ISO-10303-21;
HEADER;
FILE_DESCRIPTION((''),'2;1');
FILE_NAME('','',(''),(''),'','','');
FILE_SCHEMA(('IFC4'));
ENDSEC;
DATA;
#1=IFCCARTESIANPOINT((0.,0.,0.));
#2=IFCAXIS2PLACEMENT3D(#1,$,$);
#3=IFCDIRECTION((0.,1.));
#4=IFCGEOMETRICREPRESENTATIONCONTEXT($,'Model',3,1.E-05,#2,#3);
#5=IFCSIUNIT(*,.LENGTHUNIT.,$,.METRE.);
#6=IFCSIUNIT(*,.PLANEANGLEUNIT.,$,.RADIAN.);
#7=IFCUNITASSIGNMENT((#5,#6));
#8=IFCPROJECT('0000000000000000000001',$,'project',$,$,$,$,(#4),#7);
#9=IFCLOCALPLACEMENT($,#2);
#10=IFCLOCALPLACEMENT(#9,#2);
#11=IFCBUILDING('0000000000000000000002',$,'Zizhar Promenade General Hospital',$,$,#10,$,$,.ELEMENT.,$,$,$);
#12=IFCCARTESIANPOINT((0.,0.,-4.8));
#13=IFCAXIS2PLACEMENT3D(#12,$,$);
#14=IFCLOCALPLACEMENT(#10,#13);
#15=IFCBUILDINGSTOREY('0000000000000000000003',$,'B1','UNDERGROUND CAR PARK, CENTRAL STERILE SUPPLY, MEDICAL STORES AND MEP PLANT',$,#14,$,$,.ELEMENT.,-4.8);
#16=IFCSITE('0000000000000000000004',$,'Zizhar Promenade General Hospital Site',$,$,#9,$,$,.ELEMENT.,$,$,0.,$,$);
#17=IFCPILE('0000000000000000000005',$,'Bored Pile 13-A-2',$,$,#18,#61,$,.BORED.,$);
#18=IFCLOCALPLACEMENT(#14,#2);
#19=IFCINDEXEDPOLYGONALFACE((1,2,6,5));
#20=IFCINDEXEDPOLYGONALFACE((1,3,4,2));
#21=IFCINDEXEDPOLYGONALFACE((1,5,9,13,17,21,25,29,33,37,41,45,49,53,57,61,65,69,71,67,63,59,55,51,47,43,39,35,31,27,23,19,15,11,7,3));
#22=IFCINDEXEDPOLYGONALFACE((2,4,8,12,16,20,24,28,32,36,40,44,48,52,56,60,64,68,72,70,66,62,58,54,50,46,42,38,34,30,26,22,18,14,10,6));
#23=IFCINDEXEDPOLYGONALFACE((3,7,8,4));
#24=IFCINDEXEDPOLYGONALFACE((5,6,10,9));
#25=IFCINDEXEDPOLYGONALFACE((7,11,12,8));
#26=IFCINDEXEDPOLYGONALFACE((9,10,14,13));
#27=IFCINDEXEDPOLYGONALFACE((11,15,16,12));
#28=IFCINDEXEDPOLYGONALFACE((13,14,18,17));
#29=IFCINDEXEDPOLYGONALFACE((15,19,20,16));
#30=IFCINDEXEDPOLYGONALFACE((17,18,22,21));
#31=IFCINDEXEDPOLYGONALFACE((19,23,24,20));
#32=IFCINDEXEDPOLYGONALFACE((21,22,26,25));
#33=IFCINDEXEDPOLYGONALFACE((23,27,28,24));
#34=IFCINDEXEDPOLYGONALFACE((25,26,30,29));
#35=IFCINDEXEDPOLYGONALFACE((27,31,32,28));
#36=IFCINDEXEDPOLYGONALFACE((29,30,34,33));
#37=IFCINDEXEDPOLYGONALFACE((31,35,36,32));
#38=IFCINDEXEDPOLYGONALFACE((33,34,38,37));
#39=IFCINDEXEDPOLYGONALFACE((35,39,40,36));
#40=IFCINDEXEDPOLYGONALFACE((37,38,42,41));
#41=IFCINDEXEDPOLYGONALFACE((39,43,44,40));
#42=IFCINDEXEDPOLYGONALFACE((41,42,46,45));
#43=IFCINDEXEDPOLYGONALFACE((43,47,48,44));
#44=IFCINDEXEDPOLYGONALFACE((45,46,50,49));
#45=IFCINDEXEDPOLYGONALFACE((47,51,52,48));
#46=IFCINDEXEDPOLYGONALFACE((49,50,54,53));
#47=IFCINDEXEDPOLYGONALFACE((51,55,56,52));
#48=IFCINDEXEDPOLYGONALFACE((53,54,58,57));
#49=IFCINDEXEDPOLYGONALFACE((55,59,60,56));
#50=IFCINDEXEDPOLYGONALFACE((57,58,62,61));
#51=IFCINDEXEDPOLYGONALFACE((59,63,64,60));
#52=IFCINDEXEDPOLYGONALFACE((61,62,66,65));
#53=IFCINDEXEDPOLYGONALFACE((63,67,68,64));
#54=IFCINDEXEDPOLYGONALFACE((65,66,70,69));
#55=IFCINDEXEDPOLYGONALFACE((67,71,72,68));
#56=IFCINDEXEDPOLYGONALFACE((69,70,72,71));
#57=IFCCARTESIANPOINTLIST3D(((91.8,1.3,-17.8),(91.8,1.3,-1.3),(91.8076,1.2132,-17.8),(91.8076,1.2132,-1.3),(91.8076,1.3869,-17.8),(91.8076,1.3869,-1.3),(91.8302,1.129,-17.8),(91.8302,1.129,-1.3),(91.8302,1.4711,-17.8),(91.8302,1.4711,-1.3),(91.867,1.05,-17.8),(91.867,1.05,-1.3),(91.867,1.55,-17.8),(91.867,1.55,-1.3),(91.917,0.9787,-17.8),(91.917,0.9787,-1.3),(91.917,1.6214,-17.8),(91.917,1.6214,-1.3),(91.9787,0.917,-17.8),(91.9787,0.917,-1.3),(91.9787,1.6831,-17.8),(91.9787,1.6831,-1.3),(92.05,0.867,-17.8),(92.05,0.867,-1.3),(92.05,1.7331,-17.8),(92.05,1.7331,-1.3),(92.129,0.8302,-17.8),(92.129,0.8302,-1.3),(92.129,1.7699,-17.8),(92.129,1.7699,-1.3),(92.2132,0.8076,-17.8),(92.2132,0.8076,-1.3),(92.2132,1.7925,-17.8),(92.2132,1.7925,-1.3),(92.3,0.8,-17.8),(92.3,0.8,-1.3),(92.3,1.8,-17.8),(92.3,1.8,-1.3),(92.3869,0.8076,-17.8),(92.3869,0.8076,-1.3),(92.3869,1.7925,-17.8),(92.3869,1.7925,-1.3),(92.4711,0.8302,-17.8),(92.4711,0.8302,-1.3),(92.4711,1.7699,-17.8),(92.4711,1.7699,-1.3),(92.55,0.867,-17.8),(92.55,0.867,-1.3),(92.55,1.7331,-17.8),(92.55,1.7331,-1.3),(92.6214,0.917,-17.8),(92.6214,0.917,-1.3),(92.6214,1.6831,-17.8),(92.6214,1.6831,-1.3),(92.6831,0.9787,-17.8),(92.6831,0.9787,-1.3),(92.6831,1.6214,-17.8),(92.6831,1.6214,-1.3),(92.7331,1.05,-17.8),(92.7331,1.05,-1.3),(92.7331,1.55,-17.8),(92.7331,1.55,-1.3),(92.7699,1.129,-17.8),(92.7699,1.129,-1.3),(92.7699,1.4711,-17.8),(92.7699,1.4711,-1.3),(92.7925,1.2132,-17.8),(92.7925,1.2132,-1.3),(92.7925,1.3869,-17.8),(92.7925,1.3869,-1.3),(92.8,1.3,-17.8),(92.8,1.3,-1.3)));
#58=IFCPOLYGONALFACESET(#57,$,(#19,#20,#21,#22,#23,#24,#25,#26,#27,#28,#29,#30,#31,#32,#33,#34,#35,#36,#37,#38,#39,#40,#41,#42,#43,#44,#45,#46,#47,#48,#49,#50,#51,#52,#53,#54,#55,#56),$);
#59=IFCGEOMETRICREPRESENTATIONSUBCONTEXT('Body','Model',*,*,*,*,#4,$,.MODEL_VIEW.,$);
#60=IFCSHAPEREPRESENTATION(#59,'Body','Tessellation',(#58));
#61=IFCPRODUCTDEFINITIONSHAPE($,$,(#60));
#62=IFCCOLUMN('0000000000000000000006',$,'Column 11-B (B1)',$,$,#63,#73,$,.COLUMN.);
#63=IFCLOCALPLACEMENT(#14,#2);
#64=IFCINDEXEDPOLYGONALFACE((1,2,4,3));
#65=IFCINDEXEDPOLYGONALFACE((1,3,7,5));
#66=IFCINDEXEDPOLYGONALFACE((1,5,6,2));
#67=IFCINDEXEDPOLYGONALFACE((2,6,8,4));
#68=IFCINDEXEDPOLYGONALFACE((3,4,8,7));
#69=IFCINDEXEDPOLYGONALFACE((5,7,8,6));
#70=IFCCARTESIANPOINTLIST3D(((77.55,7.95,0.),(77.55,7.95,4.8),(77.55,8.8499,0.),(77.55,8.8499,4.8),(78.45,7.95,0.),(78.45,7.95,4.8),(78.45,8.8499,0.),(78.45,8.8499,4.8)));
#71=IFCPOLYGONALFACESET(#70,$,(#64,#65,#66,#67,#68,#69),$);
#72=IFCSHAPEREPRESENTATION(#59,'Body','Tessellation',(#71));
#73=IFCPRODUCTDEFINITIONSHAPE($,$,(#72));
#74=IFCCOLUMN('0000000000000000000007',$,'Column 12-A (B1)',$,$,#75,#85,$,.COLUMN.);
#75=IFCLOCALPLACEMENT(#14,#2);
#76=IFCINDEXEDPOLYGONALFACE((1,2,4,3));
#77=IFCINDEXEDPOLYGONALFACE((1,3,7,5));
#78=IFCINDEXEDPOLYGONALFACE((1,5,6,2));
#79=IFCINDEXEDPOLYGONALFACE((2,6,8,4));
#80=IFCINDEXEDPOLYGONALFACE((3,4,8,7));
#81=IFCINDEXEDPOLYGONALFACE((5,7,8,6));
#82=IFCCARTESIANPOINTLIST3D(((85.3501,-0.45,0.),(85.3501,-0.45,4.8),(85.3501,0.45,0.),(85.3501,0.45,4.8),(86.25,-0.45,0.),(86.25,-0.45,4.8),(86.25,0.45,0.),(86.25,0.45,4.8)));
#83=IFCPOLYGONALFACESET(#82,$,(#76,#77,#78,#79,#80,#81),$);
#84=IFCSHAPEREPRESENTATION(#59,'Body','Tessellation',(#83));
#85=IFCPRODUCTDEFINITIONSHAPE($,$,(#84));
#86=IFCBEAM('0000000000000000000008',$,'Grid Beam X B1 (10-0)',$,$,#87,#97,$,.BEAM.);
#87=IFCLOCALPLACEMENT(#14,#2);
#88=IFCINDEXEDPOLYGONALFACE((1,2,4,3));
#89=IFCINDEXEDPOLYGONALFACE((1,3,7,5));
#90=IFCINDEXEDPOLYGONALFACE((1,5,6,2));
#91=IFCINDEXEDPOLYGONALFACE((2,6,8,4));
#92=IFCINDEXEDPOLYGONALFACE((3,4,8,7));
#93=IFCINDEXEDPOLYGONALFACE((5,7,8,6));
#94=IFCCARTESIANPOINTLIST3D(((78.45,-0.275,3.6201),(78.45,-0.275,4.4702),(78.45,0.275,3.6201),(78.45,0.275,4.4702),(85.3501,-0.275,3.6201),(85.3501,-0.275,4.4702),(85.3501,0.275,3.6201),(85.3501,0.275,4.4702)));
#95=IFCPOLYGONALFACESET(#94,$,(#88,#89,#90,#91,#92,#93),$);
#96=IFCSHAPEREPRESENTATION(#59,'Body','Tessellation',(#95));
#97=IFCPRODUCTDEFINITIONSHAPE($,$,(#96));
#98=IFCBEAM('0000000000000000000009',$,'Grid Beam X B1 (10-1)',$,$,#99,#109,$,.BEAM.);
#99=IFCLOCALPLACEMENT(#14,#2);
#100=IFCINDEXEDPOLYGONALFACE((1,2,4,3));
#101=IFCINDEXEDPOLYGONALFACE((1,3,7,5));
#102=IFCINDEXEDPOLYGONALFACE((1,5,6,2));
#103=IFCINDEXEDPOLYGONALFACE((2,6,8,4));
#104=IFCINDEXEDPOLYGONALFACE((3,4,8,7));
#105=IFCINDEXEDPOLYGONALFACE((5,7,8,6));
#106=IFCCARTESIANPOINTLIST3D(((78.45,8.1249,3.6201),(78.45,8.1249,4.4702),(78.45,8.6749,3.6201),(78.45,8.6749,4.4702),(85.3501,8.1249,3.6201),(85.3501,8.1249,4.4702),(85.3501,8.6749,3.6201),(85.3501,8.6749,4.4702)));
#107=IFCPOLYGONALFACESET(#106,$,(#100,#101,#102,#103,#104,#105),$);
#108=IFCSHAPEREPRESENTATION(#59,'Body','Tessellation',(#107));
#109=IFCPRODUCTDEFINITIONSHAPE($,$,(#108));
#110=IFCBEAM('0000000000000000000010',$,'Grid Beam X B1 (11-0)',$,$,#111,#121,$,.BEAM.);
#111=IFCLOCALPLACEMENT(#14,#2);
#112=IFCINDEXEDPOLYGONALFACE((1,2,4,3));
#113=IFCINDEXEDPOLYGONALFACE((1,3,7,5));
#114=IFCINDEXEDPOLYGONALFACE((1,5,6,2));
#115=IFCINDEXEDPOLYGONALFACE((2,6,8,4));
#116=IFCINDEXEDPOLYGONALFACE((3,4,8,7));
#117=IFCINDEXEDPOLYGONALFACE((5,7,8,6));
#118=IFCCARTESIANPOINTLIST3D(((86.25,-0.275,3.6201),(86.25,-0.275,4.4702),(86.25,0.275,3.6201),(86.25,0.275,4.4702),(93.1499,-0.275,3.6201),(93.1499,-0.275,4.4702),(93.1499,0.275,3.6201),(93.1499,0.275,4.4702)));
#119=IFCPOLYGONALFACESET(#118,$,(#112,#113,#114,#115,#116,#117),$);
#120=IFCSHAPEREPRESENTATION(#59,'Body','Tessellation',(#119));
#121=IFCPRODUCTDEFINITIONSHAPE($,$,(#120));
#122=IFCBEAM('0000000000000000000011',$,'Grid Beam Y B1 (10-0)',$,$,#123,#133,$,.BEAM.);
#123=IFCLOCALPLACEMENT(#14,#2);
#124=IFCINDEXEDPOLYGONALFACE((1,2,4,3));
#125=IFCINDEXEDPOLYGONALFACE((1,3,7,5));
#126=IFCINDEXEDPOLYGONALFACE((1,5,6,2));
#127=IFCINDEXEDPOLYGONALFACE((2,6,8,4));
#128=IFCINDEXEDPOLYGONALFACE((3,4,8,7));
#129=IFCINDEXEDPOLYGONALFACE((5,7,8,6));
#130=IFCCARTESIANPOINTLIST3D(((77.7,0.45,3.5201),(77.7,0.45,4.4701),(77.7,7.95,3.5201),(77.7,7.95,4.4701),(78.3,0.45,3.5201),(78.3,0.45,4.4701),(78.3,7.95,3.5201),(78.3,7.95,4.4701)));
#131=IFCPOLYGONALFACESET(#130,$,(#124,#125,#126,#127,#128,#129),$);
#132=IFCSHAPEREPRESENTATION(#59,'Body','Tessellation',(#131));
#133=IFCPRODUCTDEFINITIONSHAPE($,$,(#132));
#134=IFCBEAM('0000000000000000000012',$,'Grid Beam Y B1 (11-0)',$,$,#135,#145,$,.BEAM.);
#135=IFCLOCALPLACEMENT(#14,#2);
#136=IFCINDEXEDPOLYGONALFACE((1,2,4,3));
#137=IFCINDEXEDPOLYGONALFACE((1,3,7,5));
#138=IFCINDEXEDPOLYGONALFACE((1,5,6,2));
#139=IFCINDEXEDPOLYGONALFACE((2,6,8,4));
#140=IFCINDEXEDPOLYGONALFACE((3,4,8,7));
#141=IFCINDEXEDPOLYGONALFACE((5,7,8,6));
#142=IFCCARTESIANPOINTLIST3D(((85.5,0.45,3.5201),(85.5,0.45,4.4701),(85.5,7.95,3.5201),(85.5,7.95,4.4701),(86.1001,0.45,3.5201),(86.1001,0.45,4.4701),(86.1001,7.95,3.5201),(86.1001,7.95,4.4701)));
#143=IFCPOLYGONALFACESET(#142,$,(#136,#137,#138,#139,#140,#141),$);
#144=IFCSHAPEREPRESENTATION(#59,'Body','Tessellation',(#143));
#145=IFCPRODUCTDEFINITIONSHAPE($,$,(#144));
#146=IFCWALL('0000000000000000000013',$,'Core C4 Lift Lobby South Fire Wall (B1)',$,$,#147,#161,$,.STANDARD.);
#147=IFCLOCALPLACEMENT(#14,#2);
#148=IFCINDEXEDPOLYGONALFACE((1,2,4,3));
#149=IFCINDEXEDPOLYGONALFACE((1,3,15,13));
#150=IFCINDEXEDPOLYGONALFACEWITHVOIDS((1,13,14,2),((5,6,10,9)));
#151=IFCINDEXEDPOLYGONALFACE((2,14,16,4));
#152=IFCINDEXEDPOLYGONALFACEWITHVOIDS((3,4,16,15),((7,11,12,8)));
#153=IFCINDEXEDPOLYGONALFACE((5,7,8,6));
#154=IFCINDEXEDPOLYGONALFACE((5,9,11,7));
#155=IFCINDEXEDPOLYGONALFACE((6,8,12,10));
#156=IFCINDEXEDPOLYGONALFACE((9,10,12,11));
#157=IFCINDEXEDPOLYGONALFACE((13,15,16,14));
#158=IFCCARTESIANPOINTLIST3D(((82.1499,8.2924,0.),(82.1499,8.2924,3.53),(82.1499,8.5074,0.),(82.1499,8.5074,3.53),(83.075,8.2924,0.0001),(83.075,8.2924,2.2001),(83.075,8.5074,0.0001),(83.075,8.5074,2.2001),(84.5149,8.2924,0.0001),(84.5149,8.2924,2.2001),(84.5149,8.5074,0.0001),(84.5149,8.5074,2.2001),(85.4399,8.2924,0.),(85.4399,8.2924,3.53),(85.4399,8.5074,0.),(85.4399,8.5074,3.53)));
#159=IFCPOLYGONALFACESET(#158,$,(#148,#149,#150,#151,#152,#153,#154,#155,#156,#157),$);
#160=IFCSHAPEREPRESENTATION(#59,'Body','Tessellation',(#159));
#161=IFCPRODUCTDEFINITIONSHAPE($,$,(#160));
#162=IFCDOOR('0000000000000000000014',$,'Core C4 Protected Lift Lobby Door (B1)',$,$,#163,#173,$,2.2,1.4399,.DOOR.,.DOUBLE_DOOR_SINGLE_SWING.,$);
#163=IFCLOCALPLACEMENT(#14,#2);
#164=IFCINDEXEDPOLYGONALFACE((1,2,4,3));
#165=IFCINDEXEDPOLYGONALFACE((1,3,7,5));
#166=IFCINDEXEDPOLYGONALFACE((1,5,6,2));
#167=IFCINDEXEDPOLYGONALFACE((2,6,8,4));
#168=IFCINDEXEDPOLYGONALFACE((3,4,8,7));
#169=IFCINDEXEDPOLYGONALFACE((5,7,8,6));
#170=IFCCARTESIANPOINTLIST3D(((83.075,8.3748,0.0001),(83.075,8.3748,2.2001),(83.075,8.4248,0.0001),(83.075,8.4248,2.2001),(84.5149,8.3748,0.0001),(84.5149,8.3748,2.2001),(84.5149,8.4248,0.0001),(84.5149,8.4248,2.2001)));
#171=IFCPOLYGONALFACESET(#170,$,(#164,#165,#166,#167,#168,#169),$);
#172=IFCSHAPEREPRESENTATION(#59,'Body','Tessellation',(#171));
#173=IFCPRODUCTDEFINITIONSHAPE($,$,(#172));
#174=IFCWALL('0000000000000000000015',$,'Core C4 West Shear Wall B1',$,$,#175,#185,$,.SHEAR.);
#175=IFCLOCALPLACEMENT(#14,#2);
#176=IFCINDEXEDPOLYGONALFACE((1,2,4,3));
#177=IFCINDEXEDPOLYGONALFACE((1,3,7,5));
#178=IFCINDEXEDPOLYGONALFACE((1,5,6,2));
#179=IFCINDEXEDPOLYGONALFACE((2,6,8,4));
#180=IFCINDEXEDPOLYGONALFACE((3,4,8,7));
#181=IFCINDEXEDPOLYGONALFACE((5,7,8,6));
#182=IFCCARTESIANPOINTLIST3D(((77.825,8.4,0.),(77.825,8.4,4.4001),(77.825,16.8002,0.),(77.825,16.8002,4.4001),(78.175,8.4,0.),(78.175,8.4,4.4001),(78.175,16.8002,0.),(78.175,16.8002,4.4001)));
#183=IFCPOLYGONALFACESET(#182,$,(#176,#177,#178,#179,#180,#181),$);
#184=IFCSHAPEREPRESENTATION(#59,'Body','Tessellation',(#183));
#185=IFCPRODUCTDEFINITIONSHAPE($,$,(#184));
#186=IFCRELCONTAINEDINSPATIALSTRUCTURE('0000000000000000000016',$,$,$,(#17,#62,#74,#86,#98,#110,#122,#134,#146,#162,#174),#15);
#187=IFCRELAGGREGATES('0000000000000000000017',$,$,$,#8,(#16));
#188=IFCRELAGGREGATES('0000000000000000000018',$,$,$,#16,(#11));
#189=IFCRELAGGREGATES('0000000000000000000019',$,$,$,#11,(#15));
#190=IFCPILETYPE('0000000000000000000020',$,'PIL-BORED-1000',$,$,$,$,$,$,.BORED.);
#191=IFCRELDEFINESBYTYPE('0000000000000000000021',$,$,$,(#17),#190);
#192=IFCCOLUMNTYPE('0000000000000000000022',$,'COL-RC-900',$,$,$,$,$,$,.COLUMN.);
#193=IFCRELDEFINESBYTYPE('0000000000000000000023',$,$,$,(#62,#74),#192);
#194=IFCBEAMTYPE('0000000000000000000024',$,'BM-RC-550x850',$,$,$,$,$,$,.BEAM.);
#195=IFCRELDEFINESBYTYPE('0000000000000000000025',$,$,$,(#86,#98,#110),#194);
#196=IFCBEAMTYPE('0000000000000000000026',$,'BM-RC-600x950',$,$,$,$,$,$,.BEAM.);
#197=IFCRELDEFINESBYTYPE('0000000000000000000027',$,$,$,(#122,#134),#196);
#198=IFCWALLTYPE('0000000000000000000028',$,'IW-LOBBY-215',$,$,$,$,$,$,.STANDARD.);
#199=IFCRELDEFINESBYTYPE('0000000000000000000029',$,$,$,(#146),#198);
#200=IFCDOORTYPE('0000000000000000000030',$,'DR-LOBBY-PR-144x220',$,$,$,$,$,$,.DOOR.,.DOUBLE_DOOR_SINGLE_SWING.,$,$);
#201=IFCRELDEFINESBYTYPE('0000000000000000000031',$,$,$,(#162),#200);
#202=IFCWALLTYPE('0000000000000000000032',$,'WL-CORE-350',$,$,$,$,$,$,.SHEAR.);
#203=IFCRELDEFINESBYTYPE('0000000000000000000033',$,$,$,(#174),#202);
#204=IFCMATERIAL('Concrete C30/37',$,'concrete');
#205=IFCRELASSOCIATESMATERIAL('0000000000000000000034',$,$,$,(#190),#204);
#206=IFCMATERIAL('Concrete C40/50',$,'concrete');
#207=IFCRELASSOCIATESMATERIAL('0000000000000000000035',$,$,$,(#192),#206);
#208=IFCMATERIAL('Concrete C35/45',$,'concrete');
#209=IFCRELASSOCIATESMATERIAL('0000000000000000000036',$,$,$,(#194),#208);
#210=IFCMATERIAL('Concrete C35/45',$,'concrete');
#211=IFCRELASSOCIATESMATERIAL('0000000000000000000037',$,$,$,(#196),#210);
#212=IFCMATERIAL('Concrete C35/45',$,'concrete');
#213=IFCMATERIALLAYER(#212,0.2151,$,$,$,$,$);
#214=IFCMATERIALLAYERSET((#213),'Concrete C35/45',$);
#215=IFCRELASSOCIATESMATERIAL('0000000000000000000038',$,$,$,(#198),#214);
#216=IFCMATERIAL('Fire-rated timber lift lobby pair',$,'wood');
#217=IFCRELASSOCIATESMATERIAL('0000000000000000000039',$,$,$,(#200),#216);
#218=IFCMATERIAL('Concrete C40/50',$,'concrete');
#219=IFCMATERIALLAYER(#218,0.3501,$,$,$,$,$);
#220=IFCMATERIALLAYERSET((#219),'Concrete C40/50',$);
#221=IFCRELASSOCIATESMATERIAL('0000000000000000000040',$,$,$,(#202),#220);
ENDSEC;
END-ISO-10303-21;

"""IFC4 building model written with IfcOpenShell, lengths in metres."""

from ifc_helpers import new_model, si_unit, direction, frame, frame_2d, origin, origin_2d, place, context, subcontext, project, spatial, rectangle, circle, extrude, material, layer, layer_set, material_profile, profile_set, type_object, element, fill, save


model = new_model("IFC4")

# Units and contexts
model_context = context("Model", 3, precision=1e-05, world=origin(), true_north=direction((0.0, 1.0)))
body_context = subcontext(model_context, "Body", "Model", "MODEL_VIEW")
ifc_project = project(units=[si_unit("LENGTHUNIT", "METRE"), si_unit("PLANEANGLEUNIT", "RADIAN")], contexts=[model_context])

# Site, building, storey
site_placement = place(None, origin())
site = spatial("IfcSite", under=ifc_project, at=site_placement, Name="Zizhar Promenade General Hospital Site", CompositionType="ELEMENT", RefElevation=0.0)
building_placement = place(site_placement, origin())
building = spatial("IfcBuilding", under=site, at=building_placement, Name="Zizhar Promenade General Hospital", CompositionType="ELEMENT")
storey_placement = place(building_placement, frame((0.0, 0.0, -4.8)))
storey = spatial("IfcBuildingStorey", under=building, at=storey_placement, Name="B1", Description="UNDERGROUND CAR PARK, CENTRAL STERILE SUPPLY, MEDICAL STORES AND MEP PLANT", CompositionType="ELEMENT", Elevation=-4.8)

# Pile
ifc_material_1 = material(Name="Concrete C30/37", Category="concrete")
ifc_material_profile_1 = material_profile(ifc_material_1, circle(Radius=0.5, at=origin_2d()))
ifc_profile_set_1 = profile_set([ifc_material_profile_1], Name="Concrete C30/37")
pile_type = type_object("IfcPileType", Name="PIL-BORED-1000", PredefinedType="BORED", material=ifc_profile_set_1)
for number, where, z_axis, x_axis, name in (
    (1, (92.3, 1.3, -1.3), (0.0, 0.0, -1.0), (1.0, 0.0, 0.0), "Bored Pile 13-A-2"),
):
    element("IfcPile", number, at=place(storey_placement, frame(where, z_axis=z_axis, x_axis=x_axis)), inside=storey, type_object=pile_type, Name=name, PredefinedType="BORED", context=body_context, shape_type="SweptSolid", body=[
        extrude(circle(Radius=0.5, at=origin_2d()), origin(), (0.0, 0.0, 1.0), 16.5),
    ])

# Columns
ifc_material_2 = material(Name="Concrete C40/50", Category="concrete")
ifc_material_profile_2 = material_profile(ifc_material_2, rectangle(XDim=0.8999, YDim=0.8999, at=origin_2d()))
ifc_profile_set_2 = profile_set([ifc_material_profile_2], Name="Concrete C40/50")
column_type = type_object("IfcColumnType", Name="COL-RC-900", PredefinedType="COLUMN", material=ifc_profile_set_2)
for number, where, z_axis, x_axis, name in (
    (2, (78.0, 8.3999, 0.0), (0.0, 0.0, 1.0), (1.0, 0.0, 0.0), "Column 11-B (B1)"),
    (3, (85.8, 0.0, 0.0), (0.0, 0.0, 1.0), (1.0, 0.0, 0.0), "Column 12-A (B1)"),
):
    element("IfcColumn", number, at=place(storey_placement, frame(where, z_axis=z_axis, x_axis=x_axis)), inside=storey, type_object=column_type, Name=name, PredefinedType="COLUMN", context=body_context, shape_type="SweptSolid", body=[
        extrude(rectangle(XDim=0.8999, YDim=0.8999, at=origin_2d()), origin(), (0.0, 0.0, 1.0), 4.8),
    ])

# Beams
ifc_material_3 = material(Name="Concrete C35/45", Category="concrete")
ifc_material_profile_3 = material_profile(ifc_material_3, rectangle(XDim=0.55, YDim=0.8501, at=origin_2d()))
ifc_profile_set_3 = profile_set([ifc_material_profile_3], Name="Concrete C35/45")
beam_type_1 = type_object("IfcBeamType", Name="BM-RC-550x850", PredefinedType="BEAM", material=ifc_profile_set_3)
for number, where, z_axis, x_axis, name in (
    (4, (78.45, 0.0, 4.0452), (1.0, 0.0, 0.0), (0.0, 1.0, 0.0), "Grid Beam X B1 (10-0)"),
    (5, (78.45, 8.3999, 4.0452), (1.0, 0.0, 0.0), (0.0, 1.0, 0.0), "Grid Beam X B1 (10-1)"),
):
    element("IfcBeam", number, at=place(storey_placement, frame(where, z_axis=z_axis, x_axis=x_axis)), inside=storey, type_object=beam_type_1, Name=name, PredefinedType="BEAM", context=body_context, shape_type="SweptSolid", body=[
        extrude(rectangle(XDim=0.55, YDim=0.8501, at=origin_2d()), origin(), (0.0, 0.0, 1.0), 6.9001),
    ])
beam_placement = place(storey_placement, frame((86.25, 0.0, 4.0452), z_axis=(1.0, 0.0, 0.0), x_axis=(0.0, 1.0, 0.0)))
element("IfcBeam", 6, at=beam_placement, inside=storey, type_object=beam_type_1, Name="Grid Beam X B1 (11-0)", PredefinedType="BEAM", context=body_context, shape_type="SweptSolid", body=[
    extrude(rectangle(XDim=0.55, YDim=0.8501, at=origin_2d()), origin(), (0.0, 0.0, 1.0), 6.8999),
])
ifc_material_4 = material(Name="Concrete C35/45", Category="concrete")
ifc_material_profile_4 = material_profile(ifc_material_4, rectangle(XDim=0.6001, YDim=0.95, at=origin_2d()))
ifc_profile_set_4 = profile_set([ifc_material_profile_4], Name="Concrete C35/45")
beam_type_2 = type_object("IfcBeamType", Name="BM-RC-600x950", PredefinedType="BEAM", material=ifc_profile_set_4)
for number, where, z_axis, x_axis, name in (
    (7, (78.0, 0.45, 3.9951), (0.0, 1.0, 0.0), (-1.0, 0.0, 0.0), "Grid Beam Y B1 (10-0)"),
    (8, (85.8, 0.45, 3.9951), (0.0, 1.0, 0.0), (-1.0, 0.0, 0.0), "Grid Beam Y B1 (11-0)"),
):
    element("IfcBeam", number, at=place(storey_placement, frame(where, z_axis=z_axis, x_axis=x_axis)), inside=storey, type_object=beam_type_2, Name=name, PredefinedType="BEAM", context=body_context, shape_type="SweptSolid", body=[
        extrude(rectangle(XDim=0.6001, YDim=0.95, at=origin_2d()), origin(), (0.0, 0.0, 1.0), 7.5),
    ])

# Wall, opening, door
ifc_material_5 = material(Name="Concrete C35/45", Category="concrete")
ifc_layer_1 = layer(ifc_material_5, 0.2151)
ifc_layer_set_1 = layer_set([ifc_layer_1], Name="Concrete C35/45")
wall_type_1 = type_object("IfcWallType", Name="IW-LOBBY-215", PredefinedType="STANDARD", material=ifc_layer_set_1)
wall_1_placement = place(storey_placement, frame((82.1499, 8.3999, 0.0), z_axis=(0.0, 0.0, 1.0), x_axis=(1.0, 0.0, 0.0)))
wall_1 = element("IfcWall", 9, at=wall_1_placement, inside=storey, type_object=wall_type_1, Name="Core C4 Lift Lobby South Fire Wall (B1)", PredefinedType="STANDARD", context=body_context, shape_type="SweptSolid", body=[
    extrude(rectangle(XDim=3.29, YDim=0.2151, at=frame_2d((1.645, 0.0))), origin(), (0.0, 0.0, 1.0), 3.53),
])
opening_1_placement = place(wall_1_placement, frame((0.925, 0.0, 0.0)))
opening_1 = element("IfcOpeningElement", 10, at=opening_1_placement, cuts=wall_1, PredefinedType="OPENING", context=body_context, shape_type="SweptSolid", body=[
    extrude(rectangle(XDim=1.4399, YDim=2.2, at=frame_2d((0.72, 1.1001))), frame((0.0, 0.1177, 0.0), z_axis=(0.0, -1.0, 0.0), x_axis=(1.0, 0.0, 0.0)), (0.0, 0.0, 1.0), 0.2351),
])
ifc_material_6 = material(Name="Fire-rated timber lift lobby pair", Category="wood")
door_type_1 = type_object("IfcDoorType", Name="DR-LOBBY-PR-144x220", OperationType="DOUBLE_DOOR_SINGLE_SWING", PredefinedType="DOOR", material=ifc_material_6)
door_1_placement = place(opening_1_placement, origin())
door_1 = element("IfcDoor", 11, at=door_1_placement, inside=storey, type_object=door_type_1, Name="Core C4 Protected Lift Lobby Door (B1)", OperationType="DOUBLE_DOOR_SINGLE_SWING", OverallHeight=2.2, OverallWidth=1.4399, PredefinedType="DOOR", context=body_context, shape_type="SweptSolid", body=[
    extrude(rectangle(XDim=1.4399, YDim=2.2, at=frame_2d((0.72, 1.1001))), frame((0.0, 0.0249, 0.0), z_axis=(0.0, -1.0, 0.0), x_axis=(1.0, 0.0, 0.0)), (0.0, 0.0, 1.0), 0.05),
])
fill(opening_1, door_1)

# Wall
ifc_material_7 = material(Name="Concrete C40/50", Category="concrete")
ifc_layer_2 = layer(ifc_material_7, 0.3501)
ifc_layer_set_2 = layer_set([ifc_layer_2], Name="Concrete C40/50")
wall_type_2 = type_object("IfcWallType", Name="WL-CORE-350", PredefinedType="SHEAR", material=ifc_layer_set_2)
wall_2_placement = place(storey_placement, frame((78.0, 8.3999, 0.0), z_axis=(0.0, 0.0, 1.0), x_axis=(0.0, 1.0, 0.0)))
element("IfcWall", 12, at=wall_2_placement, inside=storey, type_object=wall_type_2, Name="Core C4 West Shear Wall B1", PredefinedType="SHEAR", context=body_context, shape_type="SweptSolid", body=[
    extrude(rectangle(XDim=8.4001, YDim=0.3501, at=frame_2d((4.2002, 0.0))), origin(), (0.0, 0.0, 1.0), 4.4001),
])

save(model, "model.ifc")
